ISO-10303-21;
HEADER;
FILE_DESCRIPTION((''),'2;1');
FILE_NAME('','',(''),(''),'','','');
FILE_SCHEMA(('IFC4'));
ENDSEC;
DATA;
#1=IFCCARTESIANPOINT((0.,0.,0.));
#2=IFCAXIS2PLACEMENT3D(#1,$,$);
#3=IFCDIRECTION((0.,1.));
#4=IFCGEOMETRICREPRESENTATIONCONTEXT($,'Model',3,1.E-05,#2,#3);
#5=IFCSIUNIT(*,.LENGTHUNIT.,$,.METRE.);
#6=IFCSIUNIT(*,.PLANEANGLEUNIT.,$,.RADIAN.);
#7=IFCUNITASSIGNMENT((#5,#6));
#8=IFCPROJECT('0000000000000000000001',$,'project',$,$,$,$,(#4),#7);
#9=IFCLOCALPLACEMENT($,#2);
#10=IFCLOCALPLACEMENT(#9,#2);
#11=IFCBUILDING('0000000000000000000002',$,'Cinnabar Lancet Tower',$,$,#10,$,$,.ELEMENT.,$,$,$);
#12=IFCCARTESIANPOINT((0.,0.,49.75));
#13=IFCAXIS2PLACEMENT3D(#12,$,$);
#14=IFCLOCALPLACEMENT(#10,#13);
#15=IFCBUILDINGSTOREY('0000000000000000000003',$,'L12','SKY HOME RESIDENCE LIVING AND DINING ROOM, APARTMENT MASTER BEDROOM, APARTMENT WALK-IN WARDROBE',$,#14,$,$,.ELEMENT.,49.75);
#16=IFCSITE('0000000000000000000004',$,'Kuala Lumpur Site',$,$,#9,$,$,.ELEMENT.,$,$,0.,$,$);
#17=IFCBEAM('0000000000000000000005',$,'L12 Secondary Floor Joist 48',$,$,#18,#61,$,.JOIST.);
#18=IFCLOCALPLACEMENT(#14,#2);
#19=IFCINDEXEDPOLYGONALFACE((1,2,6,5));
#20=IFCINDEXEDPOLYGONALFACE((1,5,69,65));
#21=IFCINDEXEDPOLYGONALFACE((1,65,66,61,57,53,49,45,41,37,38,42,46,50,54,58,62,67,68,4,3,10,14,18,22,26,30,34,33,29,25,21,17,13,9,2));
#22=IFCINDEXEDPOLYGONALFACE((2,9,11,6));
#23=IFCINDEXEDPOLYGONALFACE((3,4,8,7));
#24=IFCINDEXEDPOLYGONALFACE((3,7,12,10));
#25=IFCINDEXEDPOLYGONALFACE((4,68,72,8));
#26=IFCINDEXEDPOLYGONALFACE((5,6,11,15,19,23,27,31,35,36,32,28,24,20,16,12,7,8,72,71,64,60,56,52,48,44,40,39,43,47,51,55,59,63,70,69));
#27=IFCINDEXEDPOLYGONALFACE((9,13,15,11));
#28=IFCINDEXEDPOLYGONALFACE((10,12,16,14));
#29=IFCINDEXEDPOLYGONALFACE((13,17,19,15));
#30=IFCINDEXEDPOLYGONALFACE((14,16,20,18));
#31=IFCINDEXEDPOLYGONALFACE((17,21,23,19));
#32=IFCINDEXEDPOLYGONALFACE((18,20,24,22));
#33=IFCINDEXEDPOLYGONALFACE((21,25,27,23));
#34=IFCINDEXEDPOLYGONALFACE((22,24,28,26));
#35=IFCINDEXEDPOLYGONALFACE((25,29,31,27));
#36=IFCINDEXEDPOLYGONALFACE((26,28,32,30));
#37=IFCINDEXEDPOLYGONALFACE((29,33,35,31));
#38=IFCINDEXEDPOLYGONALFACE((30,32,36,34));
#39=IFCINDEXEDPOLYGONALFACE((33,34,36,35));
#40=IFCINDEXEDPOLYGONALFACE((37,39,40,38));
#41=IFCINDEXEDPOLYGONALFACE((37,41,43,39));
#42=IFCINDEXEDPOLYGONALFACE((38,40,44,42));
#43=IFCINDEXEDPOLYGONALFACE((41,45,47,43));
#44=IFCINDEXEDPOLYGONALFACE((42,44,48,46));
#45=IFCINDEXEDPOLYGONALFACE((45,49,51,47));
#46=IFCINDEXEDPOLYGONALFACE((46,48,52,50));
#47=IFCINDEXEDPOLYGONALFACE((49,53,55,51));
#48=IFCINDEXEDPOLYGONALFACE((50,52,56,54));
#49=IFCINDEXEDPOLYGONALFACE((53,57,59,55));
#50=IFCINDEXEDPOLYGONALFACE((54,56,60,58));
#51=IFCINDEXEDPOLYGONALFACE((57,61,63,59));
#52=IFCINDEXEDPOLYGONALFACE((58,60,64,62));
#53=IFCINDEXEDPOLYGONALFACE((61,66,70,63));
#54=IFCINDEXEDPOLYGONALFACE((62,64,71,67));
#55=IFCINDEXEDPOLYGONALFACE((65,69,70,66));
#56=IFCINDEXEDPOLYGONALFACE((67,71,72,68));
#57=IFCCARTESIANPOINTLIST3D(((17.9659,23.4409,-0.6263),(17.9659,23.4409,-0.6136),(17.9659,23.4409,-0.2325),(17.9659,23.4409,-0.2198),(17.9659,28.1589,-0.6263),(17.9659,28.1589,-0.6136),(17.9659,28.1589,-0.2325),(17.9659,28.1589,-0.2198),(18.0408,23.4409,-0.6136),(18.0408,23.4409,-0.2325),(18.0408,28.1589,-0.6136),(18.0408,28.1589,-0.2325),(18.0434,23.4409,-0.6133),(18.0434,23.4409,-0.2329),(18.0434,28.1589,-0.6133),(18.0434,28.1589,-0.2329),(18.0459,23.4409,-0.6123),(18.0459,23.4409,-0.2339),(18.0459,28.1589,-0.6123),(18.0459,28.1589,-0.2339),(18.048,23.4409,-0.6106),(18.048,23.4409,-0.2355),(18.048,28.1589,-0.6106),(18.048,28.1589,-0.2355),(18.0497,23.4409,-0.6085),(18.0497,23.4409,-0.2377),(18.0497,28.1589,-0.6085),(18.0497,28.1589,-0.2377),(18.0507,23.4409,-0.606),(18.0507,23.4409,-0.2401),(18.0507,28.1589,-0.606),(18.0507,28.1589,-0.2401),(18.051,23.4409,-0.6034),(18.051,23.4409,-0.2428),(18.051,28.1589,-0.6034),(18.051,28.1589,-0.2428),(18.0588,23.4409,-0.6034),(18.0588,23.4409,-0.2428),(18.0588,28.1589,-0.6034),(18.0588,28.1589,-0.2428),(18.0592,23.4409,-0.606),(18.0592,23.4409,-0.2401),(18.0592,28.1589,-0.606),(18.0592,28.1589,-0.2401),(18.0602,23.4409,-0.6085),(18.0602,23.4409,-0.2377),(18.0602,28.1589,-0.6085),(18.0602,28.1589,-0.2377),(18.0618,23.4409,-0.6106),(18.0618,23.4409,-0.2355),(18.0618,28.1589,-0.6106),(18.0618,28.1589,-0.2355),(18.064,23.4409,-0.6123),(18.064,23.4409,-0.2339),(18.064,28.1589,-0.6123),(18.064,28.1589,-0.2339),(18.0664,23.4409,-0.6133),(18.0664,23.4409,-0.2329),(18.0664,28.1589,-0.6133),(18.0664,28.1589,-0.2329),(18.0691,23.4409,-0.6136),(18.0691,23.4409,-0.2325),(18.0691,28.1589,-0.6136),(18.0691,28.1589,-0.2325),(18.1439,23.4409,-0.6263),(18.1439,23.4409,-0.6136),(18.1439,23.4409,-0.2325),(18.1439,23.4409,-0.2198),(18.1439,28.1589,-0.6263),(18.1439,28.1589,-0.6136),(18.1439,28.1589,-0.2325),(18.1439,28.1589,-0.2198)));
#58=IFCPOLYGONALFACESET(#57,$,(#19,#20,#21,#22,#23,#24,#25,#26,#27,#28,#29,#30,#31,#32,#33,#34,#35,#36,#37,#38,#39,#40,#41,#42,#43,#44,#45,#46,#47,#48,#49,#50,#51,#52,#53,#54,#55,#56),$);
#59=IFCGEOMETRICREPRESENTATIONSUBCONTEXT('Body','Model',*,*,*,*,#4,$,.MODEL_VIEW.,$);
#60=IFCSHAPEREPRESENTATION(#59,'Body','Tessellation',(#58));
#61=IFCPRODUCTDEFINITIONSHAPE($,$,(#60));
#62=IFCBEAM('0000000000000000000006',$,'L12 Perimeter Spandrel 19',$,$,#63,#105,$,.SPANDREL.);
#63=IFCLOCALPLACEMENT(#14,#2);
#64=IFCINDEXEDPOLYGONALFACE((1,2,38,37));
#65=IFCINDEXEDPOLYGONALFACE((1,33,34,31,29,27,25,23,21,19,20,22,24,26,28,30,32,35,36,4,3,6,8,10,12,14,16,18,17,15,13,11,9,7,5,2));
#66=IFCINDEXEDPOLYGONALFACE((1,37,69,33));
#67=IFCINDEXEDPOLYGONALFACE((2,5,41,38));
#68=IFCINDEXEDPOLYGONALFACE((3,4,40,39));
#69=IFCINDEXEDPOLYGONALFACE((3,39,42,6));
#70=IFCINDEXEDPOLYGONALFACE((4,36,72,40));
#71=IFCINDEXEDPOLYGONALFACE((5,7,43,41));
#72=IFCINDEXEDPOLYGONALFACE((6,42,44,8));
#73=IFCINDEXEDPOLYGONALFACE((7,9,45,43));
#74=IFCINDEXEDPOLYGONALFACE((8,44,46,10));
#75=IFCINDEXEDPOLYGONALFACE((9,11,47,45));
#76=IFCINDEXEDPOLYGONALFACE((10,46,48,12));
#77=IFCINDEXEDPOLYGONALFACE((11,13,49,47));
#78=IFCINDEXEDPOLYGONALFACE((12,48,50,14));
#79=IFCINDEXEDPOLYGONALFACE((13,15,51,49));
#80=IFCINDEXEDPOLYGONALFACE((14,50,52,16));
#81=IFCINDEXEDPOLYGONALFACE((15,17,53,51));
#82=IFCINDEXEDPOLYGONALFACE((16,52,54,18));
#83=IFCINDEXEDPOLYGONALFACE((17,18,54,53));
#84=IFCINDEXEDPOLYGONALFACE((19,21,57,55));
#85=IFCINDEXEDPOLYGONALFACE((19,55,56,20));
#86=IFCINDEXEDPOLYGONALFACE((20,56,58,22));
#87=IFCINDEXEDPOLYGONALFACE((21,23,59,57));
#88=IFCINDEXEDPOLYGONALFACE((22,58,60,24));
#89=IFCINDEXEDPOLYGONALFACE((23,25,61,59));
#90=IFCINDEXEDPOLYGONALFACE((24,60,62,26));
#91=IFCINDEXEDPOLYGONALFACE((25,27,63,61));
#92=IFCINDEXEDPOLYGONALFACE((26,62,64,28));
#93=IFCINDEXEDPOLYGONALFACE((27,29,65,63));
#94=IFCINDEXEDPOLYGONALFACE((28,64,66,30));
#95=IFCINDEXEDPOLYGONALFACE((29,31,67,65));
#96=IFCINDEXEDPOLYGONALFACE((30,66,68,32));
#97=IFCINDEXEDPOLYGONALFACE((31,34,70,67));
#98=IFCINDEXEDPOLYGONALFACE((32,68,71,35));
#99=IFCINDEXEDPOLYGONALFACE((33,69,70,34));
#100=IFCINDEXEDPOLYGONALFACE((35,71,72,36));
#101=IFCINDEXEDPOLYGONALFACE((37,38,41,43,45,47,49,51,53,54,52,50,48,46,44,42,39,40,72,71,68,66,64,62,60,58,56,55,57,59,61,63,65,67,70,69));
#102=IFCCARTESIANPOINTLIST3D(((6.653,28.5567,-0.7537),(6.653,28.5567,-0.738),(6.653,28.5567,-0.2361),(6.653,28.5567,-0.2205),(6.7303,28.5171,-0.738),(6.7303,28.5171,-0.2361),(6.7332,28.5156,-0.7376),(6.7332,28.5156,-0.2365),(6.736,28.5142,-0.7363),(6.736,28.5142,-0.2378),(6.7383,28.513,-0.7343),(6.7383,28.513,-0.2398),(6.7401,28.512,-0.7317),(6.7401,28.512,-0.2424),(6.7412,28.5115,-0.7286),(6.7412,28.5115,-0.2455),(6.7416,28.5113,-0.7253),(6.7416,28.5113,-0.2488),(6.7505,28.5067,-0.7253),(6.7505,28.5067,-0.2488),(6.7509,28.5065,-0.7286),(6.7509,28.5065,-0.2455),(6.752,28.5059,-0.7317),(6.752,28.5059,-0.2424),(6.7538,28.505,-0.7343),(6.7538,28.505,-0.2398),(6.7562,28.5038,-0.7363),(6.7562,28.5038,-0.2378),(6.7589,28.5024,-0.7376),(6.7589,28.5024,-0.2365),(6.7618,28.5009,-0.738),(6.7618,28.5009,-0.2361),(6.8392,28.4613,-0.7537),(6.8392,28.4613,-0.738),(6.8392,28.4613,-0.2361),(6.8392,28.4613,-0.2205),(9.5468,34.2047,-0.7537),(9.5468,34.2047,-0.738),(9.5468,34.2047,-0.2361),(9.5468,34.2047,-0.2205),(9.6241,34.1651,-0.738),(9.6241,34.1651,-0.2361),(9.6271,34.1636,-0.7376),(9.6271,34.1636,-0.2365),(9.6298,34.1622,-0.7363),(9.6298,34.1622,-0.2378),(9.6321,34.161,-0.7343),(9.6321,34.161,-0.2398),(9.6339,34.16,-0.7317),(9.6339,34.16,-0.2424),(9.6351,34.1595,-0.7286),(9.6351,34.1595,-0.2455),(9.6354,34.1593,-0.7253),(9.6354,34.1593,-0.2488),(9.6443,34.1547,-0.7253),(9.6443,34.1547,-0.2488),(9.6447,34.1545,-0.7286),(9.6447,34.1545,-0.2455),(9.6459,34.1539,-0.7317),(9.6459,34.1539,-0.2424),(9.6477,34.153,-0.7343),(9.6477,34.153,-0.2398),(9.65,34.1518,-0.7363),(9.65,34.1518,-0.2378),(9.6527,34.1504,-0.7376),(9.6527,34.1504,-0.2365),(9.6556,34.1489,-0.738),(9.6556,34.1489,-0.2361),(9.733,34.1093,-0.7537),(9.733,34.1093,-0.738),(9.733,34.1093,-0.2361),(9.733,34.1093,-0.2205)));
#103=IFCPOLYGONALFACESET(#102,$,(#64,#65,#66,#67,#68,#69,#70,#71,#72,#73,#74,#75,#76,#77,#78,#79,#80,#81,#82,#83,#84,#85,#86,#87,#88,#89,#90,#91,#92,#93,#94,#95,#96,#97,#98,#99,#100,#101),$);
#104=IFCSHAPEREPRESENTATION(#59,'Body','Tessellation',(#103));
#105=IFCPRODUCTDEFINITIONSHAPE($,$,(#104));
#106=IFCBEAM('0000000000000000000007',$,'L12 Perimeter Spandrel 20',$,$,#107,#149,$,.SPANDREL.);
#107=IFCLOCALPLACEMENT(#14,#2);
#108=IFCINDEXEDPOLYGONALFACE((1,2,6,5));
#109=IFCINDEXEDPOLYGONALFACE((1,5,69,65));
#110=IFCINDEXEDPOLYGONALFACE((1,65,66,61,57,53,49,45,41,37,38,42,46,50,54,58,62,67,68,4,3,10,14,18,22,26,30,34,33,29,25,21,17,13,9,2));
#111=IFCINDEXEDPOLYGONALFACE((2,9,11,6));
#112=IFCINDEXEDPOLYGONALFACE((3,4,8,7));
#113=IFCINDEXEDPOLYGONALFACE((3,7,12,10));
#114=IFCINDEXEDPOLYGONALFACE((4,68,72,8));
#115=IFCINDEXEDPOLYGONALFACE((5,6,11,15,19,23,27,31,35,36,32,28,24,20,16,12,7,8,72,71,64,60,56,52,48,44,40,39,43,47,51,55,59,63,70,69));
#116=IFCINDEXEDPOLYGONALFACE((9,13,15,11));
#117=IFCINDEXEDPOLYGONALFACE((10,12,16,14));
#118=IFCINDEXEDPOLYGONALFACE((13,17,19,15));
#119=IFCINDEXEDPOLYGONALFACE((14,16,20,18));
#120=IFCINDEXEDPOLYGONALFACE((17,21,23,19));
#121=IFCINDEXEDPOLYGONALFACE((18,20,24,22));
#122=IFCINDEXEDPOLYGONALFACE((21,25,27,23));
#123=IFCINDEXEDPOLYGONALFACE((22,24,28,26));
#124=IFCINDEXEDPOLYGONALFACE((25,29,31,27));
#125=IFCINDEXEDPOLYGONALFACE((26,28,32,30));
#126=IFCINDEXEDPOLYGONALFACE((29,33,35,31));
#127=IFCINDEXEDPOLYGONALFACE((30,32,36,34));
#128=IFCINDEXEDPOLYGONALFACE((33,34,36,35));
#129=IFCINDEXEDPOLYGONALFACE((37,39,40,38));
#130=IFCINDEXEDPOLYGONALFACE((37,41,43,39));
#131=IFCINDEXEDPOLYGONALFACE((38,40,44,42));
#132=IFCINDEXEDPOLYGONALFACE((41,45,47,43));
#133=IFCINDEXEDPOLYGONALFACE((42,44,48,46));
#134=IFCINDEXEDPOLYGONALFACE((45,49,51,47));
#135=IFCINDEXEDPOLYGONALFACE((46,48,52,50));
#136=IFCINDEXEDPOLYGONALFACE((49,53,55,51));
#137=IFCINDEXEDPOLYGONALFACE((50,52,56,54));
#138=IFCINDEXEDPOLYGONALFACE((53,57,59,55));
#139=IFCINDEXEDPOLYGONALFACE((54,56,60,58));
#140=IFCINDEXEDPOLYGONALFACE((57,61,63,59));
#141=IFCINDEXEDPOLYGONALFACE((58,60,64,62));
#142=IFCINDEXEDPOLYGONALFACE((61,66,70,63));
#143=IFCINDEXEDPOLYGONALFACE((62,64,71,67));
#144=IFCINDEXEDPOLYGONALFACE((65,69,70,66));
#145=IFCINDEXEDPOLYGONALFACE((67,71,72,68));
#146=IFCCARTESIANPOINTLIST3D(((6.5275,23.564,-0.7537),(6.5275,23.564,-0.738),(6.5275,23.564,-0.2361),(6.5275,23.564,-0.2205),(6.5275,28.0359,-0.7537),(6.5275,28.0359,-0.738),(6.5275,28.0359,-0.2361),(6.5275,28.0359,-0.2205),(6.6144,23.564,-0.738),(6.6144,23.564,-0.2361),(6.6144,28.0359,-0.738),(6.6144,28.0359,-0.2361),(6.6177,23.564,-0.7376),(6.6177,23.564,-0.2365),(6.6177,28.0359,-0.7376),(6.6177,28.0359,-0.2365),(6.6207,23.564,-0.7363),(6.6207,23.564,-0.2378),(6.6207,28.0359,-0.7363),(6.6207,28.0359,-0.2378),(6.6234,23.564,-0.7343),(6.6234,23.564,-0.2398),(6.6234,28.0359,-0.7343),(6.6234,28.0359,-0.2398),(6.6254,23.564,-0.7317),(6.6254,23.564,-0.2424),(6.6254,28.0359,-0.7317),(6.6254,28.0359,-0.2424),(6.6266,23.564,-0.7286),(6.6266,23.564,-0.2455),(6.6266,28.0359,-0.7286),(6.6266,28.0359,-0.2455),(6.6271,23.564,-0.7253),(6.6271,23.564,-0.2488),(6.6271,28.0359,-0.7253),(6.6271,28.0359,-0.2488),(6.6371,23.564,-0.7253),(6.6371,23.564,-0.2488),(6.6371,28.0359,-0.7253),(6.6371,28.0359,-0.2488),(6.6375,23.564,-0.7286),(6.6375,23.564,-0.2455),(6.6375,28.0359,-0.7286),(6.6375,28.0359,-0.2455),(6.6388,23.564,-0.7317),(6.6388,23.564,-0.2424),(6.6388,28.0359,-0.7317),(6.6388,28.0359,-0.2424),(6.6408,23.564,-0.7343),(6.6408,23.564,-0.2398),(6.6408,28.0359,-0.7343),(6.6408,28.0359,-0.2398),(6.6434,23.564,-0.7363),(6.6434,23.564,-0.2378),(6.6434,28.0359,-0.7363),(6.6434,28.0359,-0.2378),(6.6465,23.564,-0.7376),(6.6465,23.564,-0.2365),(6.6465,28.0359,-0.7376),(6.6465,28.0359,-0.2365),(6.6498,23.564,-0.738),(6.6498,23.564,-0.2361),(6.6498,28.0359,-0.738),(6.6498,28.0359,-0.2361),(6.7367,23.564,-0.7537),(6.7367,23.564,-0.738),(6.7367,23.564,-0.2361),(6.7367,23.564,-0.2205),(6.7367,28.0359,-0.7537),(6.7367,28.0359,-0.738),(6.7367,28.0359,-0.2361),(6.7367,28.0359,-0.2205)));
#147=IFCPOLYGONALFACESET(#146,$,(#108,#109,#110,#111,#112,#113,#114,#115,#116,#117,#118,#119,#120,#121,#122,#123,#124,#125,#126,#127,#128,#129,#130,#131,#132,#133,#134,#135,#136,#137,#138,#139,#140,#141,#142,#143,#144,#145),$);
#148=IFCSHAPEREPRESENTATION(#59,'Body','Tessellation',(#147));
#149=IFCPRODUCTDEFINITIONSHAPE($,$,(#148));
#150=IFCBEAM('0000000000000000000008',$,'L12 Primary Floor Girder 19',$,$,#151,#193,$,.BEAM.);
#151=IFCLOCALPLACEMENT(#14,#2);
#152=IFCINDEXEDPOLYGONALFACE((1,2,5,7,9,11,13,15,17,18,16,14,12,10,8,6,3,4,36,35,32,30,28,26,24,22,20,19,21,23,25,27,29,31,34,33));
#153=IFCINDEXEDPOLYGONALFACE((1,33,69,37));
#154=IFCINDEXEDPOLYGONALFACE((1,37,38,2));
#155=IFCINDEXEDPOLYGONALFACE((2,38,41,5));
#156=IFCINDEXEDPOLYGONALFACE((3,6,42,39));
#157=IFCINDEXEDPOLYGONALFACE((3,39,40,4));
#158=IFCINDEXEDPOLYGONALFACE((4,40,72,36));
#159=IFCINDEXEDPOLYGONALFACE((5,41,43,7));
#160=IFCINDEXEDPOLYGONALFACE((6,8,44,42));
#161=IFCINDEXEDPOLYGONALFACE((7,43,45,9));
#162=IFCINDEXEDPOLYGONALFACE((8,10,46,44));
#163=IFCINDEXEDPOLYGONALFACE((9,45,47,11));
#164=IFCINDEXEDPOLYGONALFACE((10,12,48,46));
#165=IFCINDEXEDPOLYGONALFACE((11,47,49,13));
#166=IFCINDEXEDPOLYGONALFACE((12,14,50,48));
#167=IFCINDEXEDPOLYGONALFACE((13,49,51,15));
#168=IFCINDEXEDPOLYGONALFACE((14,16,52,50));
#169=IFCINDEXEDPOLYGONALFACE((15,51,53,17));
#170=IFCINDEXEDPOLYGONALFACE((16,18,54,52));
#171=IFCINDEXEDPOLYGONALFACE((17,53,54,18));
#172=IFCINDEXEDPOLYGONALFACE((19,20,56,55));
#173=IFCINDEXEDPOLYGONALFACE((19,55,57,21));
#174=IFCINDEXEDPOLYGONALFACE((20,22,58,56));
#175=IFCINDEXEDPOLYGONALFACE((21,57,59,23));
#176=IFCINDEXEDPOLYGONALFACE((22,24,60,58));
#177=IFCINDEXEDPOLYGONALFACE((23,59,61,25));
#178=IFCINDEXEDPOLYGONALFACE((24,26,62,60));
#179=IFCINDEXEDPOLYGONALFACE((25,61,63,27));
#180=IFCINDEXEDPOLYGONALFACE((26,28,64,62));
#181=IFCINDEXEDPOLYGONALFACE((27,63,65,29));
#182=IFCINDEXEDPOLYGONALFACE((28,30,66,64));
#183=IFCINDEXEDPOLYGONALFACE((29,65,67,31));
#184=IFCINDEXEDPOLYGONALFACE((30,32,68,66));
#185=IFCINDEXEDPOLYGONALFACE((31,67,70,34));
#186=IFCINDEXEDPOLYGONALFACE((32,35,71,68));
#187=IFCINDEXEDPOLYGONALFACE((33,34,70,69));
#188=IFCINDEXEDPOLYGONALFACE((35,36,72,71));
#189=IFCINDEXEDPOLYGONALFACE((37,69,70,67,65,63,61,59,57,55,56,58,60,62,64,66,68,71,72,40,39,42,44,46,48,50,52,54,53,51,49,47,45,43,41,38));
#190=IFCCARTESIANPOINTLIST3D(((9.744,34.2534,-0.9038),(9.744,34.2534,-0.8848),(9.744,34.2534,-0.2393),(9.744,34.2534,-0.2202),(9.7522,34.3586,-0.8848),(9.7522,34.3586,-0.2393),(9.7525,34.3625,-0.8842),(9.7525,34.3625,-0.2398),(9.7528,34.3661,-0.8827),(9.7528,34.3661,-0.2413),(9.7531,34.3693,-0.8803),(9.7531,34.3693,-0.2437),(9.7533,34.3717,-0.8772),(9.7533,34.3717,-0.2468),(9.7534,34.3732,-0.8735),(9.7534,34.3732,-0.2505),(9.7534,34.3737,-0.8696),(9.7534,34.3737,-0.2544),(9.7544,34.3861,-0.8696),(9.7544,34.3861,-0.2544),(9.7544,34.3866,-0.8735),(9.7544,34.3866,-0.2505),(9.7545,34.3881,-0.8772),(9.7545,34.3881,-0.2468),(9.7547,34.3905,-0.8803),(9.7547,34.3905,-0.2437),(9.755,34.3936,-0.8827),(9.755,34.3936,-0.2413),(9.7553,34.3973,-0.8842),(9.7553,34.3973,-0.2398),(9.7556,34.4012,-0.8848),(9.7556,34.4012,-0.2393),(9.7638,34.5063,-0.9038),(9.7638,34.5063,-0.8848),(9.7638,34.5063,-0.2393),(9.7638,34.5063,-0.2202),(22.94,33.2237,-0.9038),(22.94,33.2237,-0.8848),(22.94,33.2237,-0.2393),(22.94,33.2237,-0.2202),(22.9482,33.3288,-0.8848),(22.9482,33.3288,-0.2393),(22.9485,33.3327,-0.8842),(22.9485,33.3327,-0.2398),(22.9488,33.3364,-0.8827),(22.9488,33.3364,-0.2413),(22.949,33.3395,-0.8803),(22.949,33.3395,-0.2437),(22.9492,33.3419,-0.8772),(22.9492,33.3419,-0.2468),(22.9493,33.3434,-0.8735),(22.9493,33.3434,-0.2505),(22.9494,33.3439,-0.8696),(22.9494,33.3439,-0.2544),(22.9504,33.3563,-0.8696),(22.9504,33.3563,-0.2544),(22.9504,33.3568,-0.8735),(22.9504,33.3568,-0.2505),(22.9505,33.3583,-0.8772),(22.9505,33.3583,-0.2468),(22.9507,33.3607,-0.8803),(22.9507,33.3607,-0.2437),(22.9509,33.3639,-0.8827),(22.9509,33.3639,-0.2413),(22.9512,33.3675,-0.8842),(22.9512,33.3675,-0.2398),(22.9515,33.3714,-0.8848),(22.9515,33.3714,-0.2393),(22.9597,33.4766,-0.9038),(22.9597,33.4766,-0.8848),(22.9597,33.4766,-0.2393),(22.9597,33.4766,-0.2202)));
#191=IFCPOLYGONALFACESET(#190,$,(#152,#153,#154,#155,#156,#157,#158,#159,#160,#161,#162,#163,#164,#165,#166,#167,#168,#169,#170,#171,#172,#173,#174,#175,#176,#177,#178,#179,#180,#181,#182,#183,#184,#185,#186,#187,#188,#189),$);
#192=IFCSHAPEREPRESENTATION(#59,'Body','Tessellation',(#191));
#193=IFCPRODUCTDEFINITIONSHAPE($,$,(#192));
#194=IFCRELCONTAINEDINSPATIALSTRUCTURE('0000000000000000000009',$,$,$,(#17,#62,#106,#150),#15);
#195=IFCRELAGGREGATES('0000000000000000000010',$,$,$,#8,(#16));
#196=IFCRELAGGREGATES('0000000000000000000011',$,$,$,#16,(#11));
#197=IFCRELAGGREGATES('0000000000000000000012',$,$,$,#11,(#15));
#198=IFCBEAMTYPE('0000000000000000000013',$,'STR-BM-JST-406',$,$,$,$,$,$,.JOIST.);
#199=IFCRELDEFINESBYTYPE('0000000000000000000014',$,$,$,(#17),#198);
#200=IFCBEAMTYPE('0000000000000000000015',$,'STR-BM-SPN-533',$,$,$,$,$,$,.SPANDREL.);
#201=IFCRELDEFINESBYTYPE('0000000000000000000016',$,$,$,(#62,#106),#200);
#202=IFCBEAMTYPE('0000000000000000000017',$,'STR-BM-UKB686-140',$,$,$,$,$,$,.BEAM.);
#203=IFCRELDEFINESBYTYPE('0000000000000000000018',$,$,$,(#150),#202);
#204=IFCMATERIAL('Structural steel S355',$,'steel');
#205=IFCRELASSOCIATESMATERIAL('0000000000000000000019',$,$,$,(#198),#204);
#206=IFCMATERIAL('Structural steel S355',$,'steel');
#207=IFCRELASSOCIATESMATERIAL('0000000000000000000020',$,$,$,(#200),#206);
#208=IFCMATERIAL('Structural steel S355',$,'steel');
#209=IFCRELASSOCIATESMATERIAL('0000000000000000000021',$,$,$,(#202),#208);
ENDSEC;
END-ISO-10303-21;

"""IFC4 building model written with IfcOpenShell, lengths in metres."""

from ifc_helpers import new_model, si_unit, direction, frame, origin, origin_2d, place, context, subcontext, project, spatial, i_section, extrude, material, material_profile, profile_set, type_object, element, save


model = new_model("IFC4")

# Units and contexts
model_context = context("Model", 3, precision=1e-05, world=origin(), true_north=direction((0.0, 1.0)))
body_context = subcontext(model_context, "Body", "Model", "MODEL_VIEW")
ifc_project = project(units=[si_unit("LENGTHUNIT", "METRE"), si_unit("PLANEANGLEUNIT", "RADIAN")], contexts=[model_context])

# Site, building, storey
site_placement = place(None, origin())
site = spatial("IfcSite", under=ifc_project, at=site_placement, Name="Kuala Lumpur Site", CompositionType="ELEMENT", RefElevation=0.0)
building_placement = place(site_placement, origin())
building = spatial("IfcBuilding", under=site, at=building_placement, Name="Cinnabar Lancet Tower", CompositionType="ELEMENT")
storey_placement = place(building_placement, frame((0.0, 0.0, 49.75)))
storey = spatial("IfcBuildingStorey", under=building, at=storey_placement, Name="L12", Description="SKY HOME RESIDENCE LIVING AND DINING ROOM, APARTMENT MASTER BEDROOM, APARTMENT WALK-IN WARDROBE", CompositionType="ELEMENT", Elevation=49.75)

# Beams
ifc_material_1 = material(Name="Structural steel S355", Category="steel")
ifc_material_profile_1 = material_profile(ifc_material_1, i_section(OverallWidth=0.178, OverallDepth=0.4065, WebThickness=0.0078, FlangeThickness=0.0127, FilletRadius=0.0103, at=origin_2d()), Name="UKB 406x178x60")
ifc_profile_set_1 = profile_set([ifc_material_profile_1], Name="Structural steel S355")
beam_type_1 = type_object("IfcBeamType", Name="STR-BM-JST-406", PredefinedType="JOIST", material=ifc_profile_set_1)
for number, where, z_axis, x_axis, name in (
    (1, (18.0549, 28.1589, -0.4231), (0.0, -1.0, 0.0), (1.0, 0.0, 0.0), "L12 Secondary Floor Joist 48"),
):
    element("IfcBeam", number, at=place(storey_placement, frame(where, z_axis=z_axis, x_axis=x_axis)), inside=storey, type_object=beam_type_1, Name=name, PredefinedType="JOIST", context=body_context, shape_type="SweptSolid", body=[
        extrude(i_section(OverallWidth=0.178, OverallDepth=0.4065, WebThickness=0.0078, FlangeThickness=0.0127, FilletRadius=0.0103, at=origin_2d()), origin(), (0.0, 0.0, 1.0), 4.718),
    ])
ifc_material_2 = material(Name="Structural steel S355", Category="steel")
ifc_material_profile_2 = material_profile(ifc_material_2, i_section(OverallWidth=0.2092, OverallDepth=0.5332, WebThickness=0.01, FlangeThickness=0.0156, FilletRadius=0.0127, at=origin_2d()), Name="UKB 533x210x92")
ifc_profile_set_2 = profile_set([ifc_material_profile_2], Name="Structural steel S355")
beam_type_2 = type_object("IfcBeamType", Name="STR-BM-SPN-533", PredefinedType="SPANDREL", material=ifc_profile_set_2)
beam_1_placement = place(storey_placement, frame((9.6399, 34.157, -0.4871), z_axis=(-0.455994, -0.889983, 0.0), x_axis=(0.889983, -0.455994, 0.0)))
element("IfcBeam", 2, at=beam_1_placement, inside=storey, type_object=beam_type_2, Name="L12 Perimeter Spandrel 19", PredefinedType="SPANDREL", context=body_context, shape_type="SweptSolid", body=[
    extrude(i_section(OverallWidth=0.2092, OverallDepth=0.5332, WebThickness=0.01, FlangeThickness=0.0156, FilletRadius=0.0127, at=origin_2d()), origin(), (0.0, 0.0, 1.0), 6.3462),
])
beam_2_placement = place(storey_placement, frame((6.6321, 28.0359, -0.4871), z_axis=(0.0, -1.0, 0.0), x_axis=(1.0, 0.0, 0.0)))
element("IfcBeam", 3, at=beam_2_placement, inside=storey, type_object=beam_type_2, Name="L12 Perimeter Spandrel 20", PredefinedType="SPANDREL", context=body_context, shape_type="SweptSolid", body=[
    extrude(i_section(OverallWidth=0.2092, OverallDepth=0.5332, WebThickness=0.01, FlangeThickness=0.0156, FilletRadius=0.0127, at=origin_2d()), origin(), (0.0, 0.0, 1.0), 4.4719),
])
ifc_material_3 = material(Name="Structural steel S355", Category="steel")
ifc_material_profile_3 = material_profile(ifc_material_3, i_section(OverallWidth=0.2537, OverallDepth=0.6836, WebThickness=0.0125, FlangeThickness=0.019, FilletRadius=0.0151, at=origin_2d()), Name="UKB 686x254x140")
ifc_profile_set_3 = profile_set([ifc_material_profile_3], Name="Structural steel S355")
beam_type_3 = type_object("IfcBeamType", Name="STR-BM-UKB686-140", PredefinedType="BEAM", material=ifc_profile_set_3)
beam_3_placement = place(storey_placement, frame((9.7539, 34.3799, -0.562), z_axis=(0.996969, -0.077801, 0.0), x_axis=(0.077801, 0.996969, 0.0)))
element("IfcBeam", 4, at=beam_3_placement, inside=storey, type_object=beam_type_3, Name="L12 Primary Floor Girder 19", PredefinedType="BEAM", context=body_context, shape_type="SweptSolid", body=[
    extrude(i_section(OverallWidth=0.2537, OverallDepth=0.6836, WebThickness=0.0125, FlangeThickness=0.019, FilletRadius=0.0151, at=origin_2d()), origin(), (0.0, 0.0, 1.0), 13.2361),
])

save(model, "model.ifc")
